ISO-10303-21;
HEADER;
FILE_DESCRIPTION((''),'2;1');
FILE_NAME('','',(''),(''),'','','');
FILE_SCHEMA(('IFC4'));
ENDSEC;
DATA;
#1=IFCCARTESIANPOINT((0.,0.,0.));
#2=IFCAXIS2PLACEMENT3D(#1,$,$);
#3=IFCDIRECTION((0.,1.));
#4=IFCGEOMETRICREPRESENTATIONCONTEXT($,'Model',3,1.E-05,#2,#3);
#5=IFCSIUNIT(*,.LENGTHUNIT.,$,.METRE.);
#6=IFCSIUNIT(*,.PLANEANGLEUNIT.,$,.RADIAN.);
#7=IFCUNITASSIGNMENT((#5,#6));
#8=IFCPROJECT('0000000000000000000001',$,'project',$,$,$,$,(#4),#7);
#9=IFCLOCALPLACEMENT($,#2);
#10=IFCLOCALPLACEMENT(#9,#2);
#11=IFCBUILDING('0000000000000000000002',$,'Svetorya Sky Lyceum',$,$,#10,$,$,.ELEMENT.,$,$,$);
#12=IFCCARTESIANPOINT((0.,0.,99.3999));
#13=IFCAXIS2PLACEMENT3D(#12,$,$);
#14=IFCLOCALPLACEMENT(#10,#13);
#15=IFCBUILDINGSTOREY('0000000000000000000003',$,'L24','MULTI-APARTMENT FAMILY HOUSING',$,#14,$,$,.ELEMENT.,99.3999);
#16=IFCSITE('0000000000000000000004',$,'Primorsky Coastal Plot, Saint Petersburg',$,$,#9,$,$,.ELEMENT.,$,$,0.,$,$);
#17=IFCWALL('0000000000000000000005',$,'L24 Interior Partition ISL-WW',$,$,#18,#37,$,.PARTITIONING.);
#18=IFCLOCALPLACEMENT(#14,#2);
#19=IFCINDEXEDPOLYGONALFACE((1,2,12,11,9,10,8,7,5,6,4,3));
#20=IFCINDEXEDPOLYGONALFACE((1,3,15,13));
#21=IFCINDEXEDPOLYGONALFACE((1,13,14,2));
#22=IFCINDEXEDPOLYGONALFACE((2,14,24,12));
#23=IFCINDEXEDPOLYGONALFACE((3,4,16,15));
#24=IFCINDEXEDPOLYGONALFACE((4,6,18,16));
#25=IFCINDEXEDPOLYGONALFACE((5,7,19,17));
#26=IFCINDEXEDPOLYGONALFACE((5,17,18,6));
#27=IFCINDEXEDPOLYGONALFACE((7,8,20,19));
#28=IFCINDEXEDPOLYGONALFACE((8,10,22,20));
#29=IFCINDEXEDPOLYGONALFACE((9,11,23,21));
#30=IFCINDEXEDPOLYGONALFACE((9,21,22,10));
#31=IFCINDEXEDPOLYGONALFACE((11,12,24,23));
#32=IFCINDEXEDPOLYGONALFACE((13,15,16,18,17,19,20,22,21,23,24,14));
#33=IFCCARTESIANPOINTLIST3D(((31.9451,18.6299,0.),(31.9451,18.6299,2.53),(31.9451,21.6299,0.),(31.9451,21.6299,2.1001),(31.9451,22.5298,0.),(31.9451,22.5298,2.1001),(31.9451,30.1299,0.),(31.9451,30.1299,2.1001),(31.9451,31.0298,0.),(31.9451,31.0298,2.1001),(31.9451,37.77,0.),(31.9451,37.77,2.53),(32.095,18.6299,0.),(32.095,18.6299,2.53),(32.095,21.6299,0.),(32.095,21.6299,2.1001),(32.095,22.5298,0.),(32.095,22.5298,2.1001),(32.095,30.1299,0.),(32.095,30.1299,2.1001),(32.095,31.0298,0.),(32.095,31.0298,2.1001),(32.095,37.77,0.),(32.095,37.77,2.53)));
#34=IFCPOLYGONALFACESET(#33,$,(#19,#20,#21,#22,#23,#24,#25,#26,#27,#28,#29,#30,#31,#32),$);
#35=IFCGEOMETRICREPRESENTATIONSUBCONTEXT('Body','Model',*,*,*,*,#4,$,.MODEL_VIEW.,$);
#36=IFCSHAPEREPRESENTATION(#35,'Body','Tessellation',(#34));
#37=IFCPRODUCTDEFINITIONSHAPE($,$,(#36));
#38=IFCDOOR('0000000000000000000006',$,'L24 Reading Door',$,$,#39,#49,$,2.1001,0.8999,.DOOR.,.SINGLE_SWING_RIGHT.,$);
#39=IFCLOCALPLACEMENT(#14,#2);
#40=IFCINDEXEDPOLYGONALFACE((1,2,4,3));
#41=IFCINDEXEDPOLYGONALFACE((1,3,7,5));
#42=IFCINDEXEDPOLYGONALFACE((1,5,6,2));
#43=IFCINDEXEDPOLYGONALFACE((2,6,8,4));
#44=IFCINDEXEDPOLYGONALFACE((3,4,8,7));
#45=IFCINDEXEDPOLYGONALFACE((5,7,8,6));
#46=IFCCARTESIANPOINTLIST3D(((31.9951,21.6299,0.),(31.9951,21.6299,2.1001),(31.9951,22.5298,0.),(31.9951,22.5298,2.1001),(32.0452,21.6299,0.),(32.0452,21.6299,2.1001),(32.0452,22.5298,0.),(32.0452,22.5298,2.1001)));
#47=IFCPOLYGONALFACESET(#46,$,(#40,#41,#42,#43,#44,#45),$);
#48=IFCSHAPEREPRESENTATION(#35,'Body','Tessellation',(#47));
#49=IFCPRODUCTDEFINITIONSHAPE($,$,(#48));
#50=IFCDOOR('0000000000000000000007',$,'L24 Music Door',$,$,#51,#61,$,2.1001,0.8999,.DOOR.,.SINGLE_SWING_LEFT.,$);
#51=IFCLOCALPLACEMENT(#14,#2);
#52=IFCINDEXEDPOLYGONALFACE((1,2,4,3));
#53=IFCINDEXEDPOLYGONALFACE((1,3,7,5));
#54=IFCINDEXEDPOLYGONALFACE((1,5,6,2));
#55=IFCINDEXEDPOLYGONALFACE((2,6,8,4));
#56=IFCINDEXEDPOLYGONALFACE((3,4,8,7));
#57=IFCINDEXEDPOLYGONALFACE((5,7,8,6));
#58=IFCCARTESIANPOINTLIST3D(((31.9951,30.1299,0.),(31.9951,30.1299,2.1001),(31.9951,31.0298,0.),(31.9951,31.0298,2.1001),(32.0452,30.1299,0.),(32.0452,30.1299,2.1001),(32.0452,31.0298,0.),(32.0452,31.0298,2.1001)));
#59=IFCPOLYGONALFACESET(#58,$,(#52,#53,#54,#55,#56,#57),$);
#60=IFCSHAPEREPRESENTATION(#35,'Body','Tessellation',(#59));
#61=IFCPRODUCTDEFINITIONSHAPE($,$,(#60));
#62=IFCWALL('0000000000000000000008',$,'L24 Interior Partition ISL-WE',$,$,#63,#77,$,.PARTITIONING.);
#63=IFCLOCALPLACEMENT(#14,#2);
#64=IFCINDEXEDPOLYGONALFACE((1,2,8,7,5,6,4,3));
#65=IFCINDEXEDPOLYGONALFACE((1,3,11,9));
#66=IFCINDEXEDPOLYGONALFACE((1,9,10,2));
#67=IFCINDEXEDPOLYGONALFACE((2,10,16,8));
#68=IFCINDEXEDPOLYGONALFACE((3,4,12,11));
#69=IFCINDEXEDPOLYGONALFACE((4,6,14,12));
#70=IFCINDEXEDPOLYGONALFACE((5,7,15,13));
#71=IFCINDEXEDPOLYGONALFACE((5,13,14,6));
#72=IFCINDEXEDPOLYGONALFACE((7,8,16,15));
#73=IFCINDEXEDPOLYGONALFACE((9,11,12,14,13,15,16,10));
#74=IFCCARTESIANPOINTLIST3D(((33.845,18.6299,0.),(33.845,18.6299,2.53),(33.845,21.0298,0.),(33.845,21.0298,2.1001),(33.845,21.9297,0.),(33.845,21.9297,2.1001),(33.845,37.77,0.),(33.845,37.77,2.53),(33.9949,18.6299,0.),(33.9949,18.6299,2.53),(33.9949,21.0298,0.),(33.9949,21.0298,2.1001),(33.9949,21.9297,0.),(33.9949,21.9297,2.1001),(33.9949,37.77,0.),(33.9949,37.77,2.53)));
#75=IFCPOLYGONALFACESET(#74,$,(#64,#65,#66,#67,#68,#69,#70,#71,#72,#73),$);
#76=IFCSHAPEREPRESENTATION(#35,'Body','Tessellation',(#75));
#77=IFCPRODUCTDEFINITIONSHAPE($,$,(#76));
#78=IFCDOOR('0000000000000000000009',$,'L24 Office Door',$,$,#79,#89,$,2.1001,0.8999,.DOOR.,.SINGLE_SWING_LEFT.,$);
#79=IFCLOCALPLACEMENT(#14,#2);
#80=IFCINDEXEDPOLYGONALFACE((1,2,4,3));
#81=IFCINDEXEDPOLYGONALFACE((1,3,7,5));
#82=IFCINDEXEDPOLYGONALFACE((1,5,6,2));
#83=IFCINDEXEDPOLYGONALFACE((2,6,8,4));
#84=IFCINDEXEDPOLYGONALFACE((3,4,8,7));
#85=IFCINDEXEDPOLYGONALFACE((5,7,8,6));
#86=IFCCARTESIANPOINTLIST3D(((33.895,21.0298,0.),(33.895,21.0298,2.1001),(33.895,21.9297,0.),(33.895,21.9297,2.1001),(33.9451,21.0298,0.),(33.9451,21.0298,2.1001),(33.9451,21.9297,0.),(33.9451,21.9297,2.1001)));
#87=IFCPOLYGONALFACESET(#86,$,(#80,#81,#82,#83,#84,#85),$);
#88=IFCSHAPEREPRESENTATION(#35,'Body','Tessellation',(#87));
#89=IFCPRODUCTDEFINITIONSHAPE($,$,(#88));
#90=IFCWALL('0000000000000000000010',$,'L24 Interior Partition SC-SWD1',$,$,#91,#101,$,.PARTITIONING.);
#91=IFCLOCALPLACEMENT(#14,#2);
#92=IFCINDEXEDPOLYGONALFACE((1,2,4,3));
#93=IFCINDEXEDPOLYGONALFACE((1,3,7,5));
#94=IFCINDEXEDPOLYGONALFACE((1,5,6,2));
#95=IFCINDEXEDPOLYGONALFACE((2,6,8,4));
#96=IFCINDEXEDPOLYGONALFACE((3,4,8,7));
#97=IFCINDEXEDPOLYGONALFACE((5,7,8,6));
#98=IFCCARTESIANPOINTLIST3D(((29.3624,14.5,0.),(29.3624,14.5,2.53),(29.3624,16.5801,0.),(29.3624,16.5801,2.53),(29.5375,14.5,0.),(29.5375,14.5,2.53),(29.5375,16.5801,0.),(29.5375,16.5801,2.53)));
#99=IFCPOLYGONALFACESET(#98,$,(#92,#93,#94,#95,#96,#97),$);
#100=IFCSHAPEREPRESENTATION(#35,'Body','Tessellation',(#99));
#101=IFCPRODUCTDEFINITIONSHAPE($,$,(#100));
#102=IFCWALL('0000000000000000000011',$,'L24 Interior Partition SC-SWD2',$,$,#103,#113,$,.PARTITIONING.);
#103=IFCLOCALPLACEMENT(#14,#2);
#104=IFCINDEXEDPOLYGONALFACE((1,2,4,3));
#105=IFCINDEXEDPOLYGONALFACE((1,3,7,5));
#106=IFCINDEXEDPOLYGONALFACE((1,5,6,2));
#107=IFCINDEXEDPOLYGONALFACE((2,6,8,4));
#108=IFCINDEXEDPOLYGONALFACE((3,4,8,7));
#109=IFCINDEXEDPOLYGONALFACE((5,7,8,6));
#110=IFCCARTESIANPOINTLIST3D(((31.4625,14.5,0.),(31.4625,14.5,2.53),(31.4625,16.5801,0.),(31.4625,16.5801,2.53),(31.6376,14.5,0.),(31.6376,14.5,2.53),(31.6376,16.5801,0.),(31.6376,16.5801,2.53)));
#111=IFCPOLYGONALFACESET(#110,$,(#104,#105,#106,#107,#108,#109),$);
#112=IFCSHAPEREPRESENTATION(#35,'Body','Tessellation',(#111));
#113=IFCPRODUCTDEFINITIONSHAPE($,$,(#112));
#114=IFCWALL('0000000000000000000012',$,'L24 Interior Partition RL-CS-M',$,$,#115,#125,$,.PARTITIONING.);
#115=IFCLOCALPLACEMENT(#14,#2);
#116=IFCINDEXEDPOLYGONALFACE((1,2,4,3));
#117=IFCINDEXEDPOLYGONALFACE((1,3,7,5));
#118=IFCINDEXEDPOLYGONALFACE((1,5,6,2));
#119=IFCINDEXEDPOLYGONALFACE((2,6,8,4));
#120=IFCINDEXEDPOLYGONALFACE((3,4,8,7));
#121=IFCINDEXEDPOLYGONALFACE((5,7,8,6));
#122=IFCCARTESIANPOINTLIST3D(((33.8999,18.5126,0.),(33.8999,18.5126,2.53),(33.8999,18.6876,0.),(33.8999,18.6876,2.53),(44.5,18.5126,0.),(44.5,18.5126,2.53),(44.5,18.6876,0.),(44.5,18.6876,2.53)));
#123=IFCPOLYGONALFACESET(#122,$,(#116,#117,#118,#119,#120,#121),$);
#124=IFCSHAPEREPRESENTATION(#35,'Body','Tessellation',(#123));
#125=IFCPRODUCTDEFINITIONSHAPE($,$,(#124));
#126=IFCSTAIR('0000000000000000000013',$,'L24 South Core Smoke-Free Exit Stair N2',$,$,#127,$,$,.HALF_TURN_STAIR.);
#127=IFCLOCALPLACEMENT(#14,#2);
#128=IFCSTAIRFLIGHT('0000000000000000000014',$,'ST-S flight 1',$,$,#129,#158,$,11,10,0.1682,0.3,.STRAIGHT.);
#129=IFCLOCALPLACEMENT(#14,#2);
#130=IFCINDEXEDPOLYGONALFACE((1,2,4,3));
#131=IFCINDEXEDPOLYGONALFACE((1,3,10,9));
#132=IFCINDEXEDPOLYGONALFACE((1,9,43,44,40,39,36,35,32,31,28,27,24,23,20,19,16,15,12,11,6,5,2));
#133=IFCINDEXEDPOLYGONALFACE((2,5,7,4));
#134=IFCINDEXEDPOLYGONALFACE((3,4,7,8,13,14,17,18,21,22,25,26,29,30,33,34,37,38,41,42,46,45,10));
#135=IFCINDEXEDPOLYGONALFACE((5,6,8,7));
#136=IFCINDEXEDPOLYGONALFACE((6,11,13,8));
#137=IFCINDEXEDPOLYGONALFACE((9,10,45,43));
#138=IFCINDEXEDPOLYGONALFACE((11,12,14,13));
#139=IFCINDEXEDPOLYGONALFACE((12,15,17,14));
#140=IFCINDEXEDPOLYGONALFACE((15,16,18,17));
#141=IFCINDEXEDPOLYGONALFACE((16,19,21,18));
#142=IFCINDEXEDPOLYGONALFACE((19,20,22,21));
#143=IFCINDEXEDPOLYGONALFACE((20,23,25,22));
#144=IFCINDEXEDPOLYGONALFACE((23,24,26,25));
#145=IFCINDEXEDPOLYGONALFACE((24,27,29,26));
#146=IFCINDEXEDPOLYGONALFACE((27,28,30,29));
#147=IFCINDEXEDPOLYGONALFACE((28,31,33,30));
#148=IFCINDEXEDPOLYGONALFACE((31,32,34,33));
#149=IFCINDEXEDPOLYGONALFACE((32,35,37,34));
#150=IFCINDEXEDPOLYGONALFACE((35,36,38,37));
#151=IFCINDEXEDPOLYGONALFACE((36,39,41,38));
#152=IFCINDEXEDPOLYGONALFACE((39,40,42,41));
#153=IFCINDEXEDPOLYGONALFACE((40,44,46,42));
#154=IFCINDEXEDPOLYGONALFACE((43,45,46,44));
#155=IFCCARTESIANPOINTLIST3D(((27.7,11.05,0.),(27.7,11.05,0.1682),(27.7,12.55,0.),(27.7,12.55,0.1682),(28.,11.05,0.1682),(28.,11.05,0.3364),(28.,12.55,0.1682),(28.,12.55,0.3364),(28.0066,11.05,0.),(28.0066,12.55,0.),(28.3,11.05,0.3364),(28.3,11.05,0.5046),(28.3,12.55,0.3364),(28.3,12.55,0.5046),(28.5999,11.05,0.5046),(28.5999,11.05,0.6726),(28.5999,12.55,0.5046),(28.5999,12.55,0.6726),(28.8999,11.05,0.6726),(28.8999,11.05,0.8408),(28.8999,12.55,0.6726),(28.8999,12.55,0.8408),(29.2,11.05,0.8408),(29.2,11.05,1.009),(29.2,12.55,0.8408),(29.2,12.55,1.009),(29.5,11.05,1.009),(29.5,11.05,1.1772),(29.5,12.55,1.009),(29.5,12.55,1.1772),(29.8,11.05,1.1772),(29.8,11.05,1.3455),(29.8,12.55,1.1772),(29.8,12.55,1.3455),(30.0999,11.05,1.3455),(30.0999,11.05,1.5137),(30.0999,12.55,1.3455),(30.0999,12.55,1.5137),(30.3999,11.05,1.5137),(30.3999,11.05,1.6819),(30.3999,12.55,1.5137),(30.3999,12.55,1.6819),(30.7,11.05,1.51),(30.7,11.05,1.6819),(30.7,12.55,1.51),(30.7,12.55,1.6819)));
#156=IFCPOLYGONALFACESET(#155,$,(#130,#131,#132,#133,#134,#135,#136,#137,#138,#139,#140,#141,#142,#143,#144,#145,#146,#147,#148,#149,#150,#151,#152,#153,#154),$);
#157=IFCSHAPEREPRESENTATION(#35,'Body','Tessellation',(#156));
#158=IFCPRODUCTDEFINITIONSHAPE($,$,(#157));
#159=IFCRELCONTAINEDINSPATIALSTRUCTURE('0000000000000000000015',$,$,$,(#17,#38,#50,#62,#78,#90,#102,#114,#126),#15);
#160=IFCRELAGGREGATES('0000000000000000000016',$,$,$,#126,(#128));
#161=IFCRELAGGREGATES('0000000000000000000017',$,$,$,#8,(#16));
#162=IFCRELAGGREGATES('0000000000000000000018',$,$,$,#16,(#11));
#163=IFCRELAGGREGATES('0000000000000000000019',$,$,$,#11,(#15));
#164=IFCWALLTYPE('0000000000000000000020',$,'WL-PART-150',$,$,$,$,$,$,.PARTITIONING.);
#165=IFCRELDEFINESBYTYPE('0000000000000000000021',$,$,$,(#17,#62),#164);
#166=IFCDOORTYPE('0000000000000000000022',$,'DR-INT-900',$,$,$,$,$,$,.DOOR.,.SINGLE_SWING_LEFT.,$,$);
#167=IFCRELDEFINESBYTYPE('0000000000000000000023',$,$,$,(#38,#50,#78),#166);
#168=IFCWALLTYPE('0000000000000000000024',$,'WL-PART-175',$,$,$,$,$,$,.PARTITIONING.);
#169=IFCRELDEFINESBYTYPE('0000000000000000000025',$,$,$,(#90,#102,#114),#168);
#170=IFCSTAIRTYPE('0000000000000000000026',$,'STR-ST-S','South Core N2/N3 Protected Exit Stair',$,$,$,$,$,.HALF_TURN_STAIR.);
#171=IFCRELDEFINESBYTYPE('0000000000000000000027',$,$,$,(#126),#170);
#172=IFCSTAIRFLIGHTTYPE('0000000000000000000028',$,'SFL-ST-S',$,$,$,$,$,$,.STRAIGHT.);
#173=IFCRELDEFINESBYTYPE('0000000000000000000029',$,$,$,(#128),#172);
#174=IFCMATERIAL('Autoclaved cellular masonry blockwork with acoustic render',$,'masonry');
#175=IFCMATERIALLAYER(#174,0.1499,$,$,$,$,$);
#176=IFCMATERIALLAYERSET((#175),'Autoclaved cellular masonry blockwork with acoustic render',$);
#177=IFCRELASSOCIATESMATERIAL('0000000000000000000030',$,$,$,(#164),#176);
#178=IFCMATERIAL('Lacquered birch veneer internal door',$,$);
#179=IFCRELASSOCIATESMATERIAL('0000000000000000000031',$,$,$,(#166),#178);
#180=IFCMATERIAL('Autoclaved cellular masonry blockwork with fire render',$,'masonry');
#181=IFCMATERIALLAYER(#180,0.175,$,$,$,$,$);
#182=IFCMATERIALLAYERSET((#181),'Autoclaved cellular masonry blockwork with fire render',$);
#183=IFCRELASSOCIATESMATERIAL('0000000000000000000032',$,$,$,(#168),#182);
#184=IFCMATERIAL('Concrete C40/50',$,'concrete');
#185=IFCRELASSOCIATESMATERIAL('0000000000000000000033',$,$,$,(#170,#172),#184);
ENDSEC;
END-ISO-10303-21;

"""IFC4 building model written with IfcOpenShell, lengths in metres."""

from ifc_helpers import new_model, si_unit, direction, frame, frame_2d, origin, place, context, subcontext, project, spatial, polyline, rectangle, outline, extrude, material, layer, layer_set, type_object, element, fill, aggregate, save


model = new_model("IFC4")

# Units and contexts
model_context = context("Model", 3, precision=1e-05, world=origin(), true_north=direction((0.0, 1.0)))
body_context = subcontext(model_context, "Body", "Model", "MODEL_VIEW")
ifc_project = project(units=[si_unit("LENGTHUNIT", "METRE"), si_unit("PLANEANGLEUNIT", "RADIAN")], contexts=[model_context])

# Site, building, storey
site_placement = place(None, origin())
site = spatial("IfcSite", under=ifc_project, at=site_placement, Name="Primorsky Coastal Plot, Saint Petersburg", CompositionType="ELEMENT", RefElevation=0.0)
building_placement = place(site_placement, origin())
building = spatial("IfcBuilding", under=site, at=building_placement, Name="Svetorya Sky Lyceum", CompositionType="ELEMENT")
storey_placement = place(building_placement, frame((0.0, 0.0, 99.3999)))
storey = spatial("IfcBuildingStorey", under=building, at=storey_placement, Name="L24", Description="MULTI-APARTMENT FAMILY HOUSING", CompositionType="ELEMENT", Elevation=99.3999)

# Shared definitions
ifc_material_1 = material(Name="Autoclaved cellular masonry blockwork with acoustic render", Category="masonry")
ifc_layer_1 = layer(ifc_material_1, 0.1499)
ifc_layer_set_1 = layer_set([ifc_layer_1], Name="Autoclaved cellular masonry blockwork with acoustic render")
wall_type_1 = type_object("IfcWallType", Name="WL-PART-150", PredefinedType="PARTITIONING", material=ifc_layer_set_1)

# Wall, openings, doors
wall_1_placement = place(storey_placement, frame((32.02, 18.6299, 0.0), z_axis=(0.0, 0.0, 1.0), x_axis=(0.0, 1.0, 0.0)))
wall_1 = element("IfcWall", 1, at=wall_1_placement, inside=storey, type_object=wall_type_1, Name="L24 Interior Partition ISL-WW", PredefinedType="PARTITIONING", context=body_context, shape_type="SweptSolid", body=[
    extrude(rectangle(XDim=19.1401, YDim=0.1499, at=frame_2d((9.5701, 0.0))), origin(), (0.0, 0.0, 1.0), 2.53),
])
opening_1_placement = place(wall_1_placement, frame((3.0, 0.0, 0.0)))
opening_1 = element("IfcOpeningElement", 2, at=opening_1_placement, cuts=wall_1, PredefinedType="OPENING", context=body_context, shape_type="SweptSolid", body=[
    extrude(rectangle(XDim=0.8999, YDim=2.1001, at=frame_2d((0.45, 1.05))), frame((0.0, 0.085, 0.0), z_axis=(0.0, -1.0, 0.0), x_axis=(1.0, 0.0, 0.0)), (0.0, 0.0, 1.0), 0.1699),
])
opening_2_placement = place(wall_1_placement, frame((11.5, 0.0, 0.0)))
opening_2 = element("IfcOpeningElement", 3, at=opening_2_placement, cuts=wall_1, PredefinedType="OPENING", context=body_context, shape_type="SweptSolid", body=[
    extrude(rectangle(XDim=0.8999, YDim=2.1001, at=frame_2d((0.45, 1.05))), frame((0.0, 0.085, 0.0), z_axis=(0.0, -1.0, 0.0), x_axis=(1.0, 0.0, 0.0)), (0.0, 0.0, 1.0), 0.1699),
])
ifc_material_2 = material(Name="Lacquered birch veneer internal door")
door_type_1 = type_object("IfcDoorType", Name="DR-INT-900", OperationType="SINGLE_SWING_LEFT", PredefinedType="DOOR", material=ifc_material_2)
door_1_placement = place(opening_1_placement, origin())
door_1 = element("IfcDoor", 4, at=door_1_placement, inside=storey, type_object=door_type_1, Name="L24 Reading Door", OperationType="SINGLE_SWING_RIGHT", OverallHeight=2.1001, OverallWidth=0.8999, PredefinedType="DOOR", context=body_context, shape_type="SweptSolid", body=[
    extrude(rectangle(XDim=0.8999, YDim=2.1001, at=frame_2d((0.45, 1.05))), frame((0.0, 0.0249, 0.0), z_axis=(0.0, -1.0, 0.0), x_axis=(1.0, 0.0, 0.0)), (0.0, 0.0, 1.0), 0.05),
])
fill(opening_1, door_1)
door_2_placement = place(opening_2_placement, origin())
door_2 = element("IfcDoor", 5, at=door_2_placement, inside=storey, type_object=door_type_1, Name="L24 Music Door", OperationType="SINGLE_SWING_LEFT", OverallHeight=2.1001, OverallWidth=0.8999, PredefinedType="DOOR", context=body_context, shape_type="SweptSolid", body=[
    extrude(rectangle(XDim=0.8999, YDim=2.1001, at=frame_2d((0.45, 1.05))), frame((0.0, 0.0249, 0.0), z_axis=(0.0, -1.0, 0.0), x_axis=(1.0, 0.0, 0.0)), (0.0, 0.0, 1.0), 0.05),
])
fill(opening_2, door_2)

# Wall, opening, door
wall_2_placement = place(storey_placement, frame((33.9199, 18.6299, 0.0), z_axis=(0.0, 0.0, 1.0), x_axis=(0.0, 1.0, 0.0)))
wall_2 = element("IfcWall", 6, at=wall_2_placement, inside=storey, type_object=wall_type_1, Name="L24 Interior Partition ISL-WE", PredefinedType="PARTITIONING", context=body_context, shape_type="SweptSolid", body=[
    extrude(rectangle(XDim=19.1401, YDim=0.1499, at=frame_2d((9.5701, 0.0))), origin(), (0.0, 0.0, 1.0), 2.53),
])
opening_3_placement = place(wall_2_placement, frame((2.3999, 0.0, 0.0)))
opening_3 = element("IfcOpeningElement", 7, at=opening_3_placement, cuts=wall_2, PredefinedType="OPENING", context=body_context, shape_type="SweptSolid", body=[
    extrude(rectangle(XDim=0.8999, YDim=2.1001, at=frame_2d((0.45, 1.05))), frame((0.0, 0.085, 0.0), z_axis=(0.0, -1.0, 0.0), x_axis=(1.0, 0.0, 0.0)), (0.0, 0.0, 1.0), 0.1699),
])
door_3_placement = place(opening_3_placement, origin())
door_3 = element("IfcDoor", 8, at=door_3_placement, inside=storey, type_object=door_type_1, Name="L24 Office Door", OperationType="SINGLE_SWING_LEFT", OverallHeight=2.1001, OverallWidth=0.8999, PredefinedType="DOOR", context=body_context, shape_type="SweptSolid", body=[
    extrude(rectangle(XDim=0.8999, YDim=2.1001, at=frame_2d((0.45, 1.05))), frame((0.0, 0.0249, 0.0), z_axis=(0.0, -1.0, 0.0), x_axis=(1.0, 0.0, 0.0)), (0.0, 0.0, 1.0), 0.05),
])
fill(opening_3, door_3)

# Walls
ifc_material_3 = material(Name="Autoclaved cellular masonry blockwork with fire render", Category="masonry")
ifc_layer_2 = layer(ifc_material_3, 0.175)
ifc_layer_set_2 = layer_set([ifc_layer_2], Name="Autoclaved cellular masonry blockwork with fire render")
wall_type_2 = type_object("IfcWallType", Name="WL-PART-175", PredefinedType="PARTITIONING", material=ifc_layer_set_2)
for number, where, z_axis, x_axis, name in (
    (9, (29.45, 14.5, 0.0), (0.0, 0.0, 1.0), (0.0, 1.0, 0.0), "L24 Interior Partition SC-SWD1"),
    (10, (31.55, 14.5, 0.0), (0.0, 0.0, 1.0), (0.0, 1.0, 0.0), "L24 Interior Partition SC-SWD2"),
):
    element("IfcWall", number, at=place(storey_placement, frame(where, z_axis=z_axis, x_axis=x_axis)), inside=storey, type_object=wall_type_2, Name=name, PredefinedType="PARTITIONING", context=body_context, shape_type="SweptSolid", body=[
        extrude(rectangle(XDim=2.0801, YDim=0.175, at=frame_2d((1.04, 0.0))), origin(), (0.0, 0.0, 1.0), 2.53),
    ])
wall_3_placement = place(storey_placement, frame((33.8999, 18.6001, 0.0), z_axis=(0.0, 0.0, 1.0), x_axis=(1.0, 0.0, 0.0)))
element("IfcWall", 11, at=wall_3_placement, inside=storey, type_object=wall_type_2, Name="L24 Interior Partition RL-CS-M", PredefinedType="PARTITIONING", context=body_context, shape_type="SweptSolid", body=[
    extrude(rectangle(XDim=10.6001, YDim=0.175, at=frame_2d((5.3, 0.0))), origin(), (0.0, 0.0, 1.0), 2.53),
])

# Stair, stair flight
ifc_material_4 = material(Name="Concrete C40/50", Category="concrete")
stair_type = type_object("IfcStairType", Name="STR-ST-S", Description="South Core N2/N3 Protected Exit Stair", PredefinedType="HALF_TURN_STAIR", material=ifc_material_4)
stair_placement = place(storey_placement, origin())
stair = element("IfcStair", 12, at=stair_placement, inside=storey, type_object=stair_type, Name="L24 South Core Smoke-Free Exit Stair N2", PredefinedType="HALF_TURN_STAIR")
stair_flight_type = type_object("IfcStairFlightType", Name="SFL-ST-S", PredefinedType="STRAIGHT", material=ifc_material_4)
stair_flight_1_placement = place(storey_placement, frame((27.7, 11.8, 0.0), z_axis=(0.0, 0.0, 1.0), x_axis=(1.0, 0.0, 0.0)))
stair_flight_1 = element("IfcStairFlight", 13, at=stair_flight_1_placement, type_object=stair_flight_type, Name="ST-S flight 1", NumberOfRisers=11, NumberOfTreads=10, PredefinedType="STRAIGHT", RiserHeight=0.1682, TreadLength=0.3, context=body_context, shape_type="SweptSolid", body=[
    extrude(outline(polyline([(0.0, 0.0), (0.0, 0.1682), (0.3, 0.1682), (0.3, 0.3364), (0.6001, 0.3364), (0.6001, 0.5046), (0.8999, 0.5046), (0.8999, 0.6726), (1.2, 0.6726), (1.2, 0.8408), (1.5, 0.8408), (1.5, 1.009), (1.8, 1.009), (1.8, 1.1772), (2.1001, 1.1772), (2.1001, 1.3455), (2.3999, 1.3455), (2.3999, 1.5137), (2.7, 1.5137), (2.7, 1.6819), (3.0, 1.6819), (3.0, 1.8501), (3.0, 1.51), (0.3066, 0.0), (0.0, 0.0)])), frame((0.0, 0.75, 0.0), z_axis=(0.0, -1.0, 0.0), x_axis=(1.0, 0.0, 0.0)), (0.0, 0.0, 1.0), 1.5),
])
aggregate(stair, [stair_flight_1])

save(model, "model.ifc")
